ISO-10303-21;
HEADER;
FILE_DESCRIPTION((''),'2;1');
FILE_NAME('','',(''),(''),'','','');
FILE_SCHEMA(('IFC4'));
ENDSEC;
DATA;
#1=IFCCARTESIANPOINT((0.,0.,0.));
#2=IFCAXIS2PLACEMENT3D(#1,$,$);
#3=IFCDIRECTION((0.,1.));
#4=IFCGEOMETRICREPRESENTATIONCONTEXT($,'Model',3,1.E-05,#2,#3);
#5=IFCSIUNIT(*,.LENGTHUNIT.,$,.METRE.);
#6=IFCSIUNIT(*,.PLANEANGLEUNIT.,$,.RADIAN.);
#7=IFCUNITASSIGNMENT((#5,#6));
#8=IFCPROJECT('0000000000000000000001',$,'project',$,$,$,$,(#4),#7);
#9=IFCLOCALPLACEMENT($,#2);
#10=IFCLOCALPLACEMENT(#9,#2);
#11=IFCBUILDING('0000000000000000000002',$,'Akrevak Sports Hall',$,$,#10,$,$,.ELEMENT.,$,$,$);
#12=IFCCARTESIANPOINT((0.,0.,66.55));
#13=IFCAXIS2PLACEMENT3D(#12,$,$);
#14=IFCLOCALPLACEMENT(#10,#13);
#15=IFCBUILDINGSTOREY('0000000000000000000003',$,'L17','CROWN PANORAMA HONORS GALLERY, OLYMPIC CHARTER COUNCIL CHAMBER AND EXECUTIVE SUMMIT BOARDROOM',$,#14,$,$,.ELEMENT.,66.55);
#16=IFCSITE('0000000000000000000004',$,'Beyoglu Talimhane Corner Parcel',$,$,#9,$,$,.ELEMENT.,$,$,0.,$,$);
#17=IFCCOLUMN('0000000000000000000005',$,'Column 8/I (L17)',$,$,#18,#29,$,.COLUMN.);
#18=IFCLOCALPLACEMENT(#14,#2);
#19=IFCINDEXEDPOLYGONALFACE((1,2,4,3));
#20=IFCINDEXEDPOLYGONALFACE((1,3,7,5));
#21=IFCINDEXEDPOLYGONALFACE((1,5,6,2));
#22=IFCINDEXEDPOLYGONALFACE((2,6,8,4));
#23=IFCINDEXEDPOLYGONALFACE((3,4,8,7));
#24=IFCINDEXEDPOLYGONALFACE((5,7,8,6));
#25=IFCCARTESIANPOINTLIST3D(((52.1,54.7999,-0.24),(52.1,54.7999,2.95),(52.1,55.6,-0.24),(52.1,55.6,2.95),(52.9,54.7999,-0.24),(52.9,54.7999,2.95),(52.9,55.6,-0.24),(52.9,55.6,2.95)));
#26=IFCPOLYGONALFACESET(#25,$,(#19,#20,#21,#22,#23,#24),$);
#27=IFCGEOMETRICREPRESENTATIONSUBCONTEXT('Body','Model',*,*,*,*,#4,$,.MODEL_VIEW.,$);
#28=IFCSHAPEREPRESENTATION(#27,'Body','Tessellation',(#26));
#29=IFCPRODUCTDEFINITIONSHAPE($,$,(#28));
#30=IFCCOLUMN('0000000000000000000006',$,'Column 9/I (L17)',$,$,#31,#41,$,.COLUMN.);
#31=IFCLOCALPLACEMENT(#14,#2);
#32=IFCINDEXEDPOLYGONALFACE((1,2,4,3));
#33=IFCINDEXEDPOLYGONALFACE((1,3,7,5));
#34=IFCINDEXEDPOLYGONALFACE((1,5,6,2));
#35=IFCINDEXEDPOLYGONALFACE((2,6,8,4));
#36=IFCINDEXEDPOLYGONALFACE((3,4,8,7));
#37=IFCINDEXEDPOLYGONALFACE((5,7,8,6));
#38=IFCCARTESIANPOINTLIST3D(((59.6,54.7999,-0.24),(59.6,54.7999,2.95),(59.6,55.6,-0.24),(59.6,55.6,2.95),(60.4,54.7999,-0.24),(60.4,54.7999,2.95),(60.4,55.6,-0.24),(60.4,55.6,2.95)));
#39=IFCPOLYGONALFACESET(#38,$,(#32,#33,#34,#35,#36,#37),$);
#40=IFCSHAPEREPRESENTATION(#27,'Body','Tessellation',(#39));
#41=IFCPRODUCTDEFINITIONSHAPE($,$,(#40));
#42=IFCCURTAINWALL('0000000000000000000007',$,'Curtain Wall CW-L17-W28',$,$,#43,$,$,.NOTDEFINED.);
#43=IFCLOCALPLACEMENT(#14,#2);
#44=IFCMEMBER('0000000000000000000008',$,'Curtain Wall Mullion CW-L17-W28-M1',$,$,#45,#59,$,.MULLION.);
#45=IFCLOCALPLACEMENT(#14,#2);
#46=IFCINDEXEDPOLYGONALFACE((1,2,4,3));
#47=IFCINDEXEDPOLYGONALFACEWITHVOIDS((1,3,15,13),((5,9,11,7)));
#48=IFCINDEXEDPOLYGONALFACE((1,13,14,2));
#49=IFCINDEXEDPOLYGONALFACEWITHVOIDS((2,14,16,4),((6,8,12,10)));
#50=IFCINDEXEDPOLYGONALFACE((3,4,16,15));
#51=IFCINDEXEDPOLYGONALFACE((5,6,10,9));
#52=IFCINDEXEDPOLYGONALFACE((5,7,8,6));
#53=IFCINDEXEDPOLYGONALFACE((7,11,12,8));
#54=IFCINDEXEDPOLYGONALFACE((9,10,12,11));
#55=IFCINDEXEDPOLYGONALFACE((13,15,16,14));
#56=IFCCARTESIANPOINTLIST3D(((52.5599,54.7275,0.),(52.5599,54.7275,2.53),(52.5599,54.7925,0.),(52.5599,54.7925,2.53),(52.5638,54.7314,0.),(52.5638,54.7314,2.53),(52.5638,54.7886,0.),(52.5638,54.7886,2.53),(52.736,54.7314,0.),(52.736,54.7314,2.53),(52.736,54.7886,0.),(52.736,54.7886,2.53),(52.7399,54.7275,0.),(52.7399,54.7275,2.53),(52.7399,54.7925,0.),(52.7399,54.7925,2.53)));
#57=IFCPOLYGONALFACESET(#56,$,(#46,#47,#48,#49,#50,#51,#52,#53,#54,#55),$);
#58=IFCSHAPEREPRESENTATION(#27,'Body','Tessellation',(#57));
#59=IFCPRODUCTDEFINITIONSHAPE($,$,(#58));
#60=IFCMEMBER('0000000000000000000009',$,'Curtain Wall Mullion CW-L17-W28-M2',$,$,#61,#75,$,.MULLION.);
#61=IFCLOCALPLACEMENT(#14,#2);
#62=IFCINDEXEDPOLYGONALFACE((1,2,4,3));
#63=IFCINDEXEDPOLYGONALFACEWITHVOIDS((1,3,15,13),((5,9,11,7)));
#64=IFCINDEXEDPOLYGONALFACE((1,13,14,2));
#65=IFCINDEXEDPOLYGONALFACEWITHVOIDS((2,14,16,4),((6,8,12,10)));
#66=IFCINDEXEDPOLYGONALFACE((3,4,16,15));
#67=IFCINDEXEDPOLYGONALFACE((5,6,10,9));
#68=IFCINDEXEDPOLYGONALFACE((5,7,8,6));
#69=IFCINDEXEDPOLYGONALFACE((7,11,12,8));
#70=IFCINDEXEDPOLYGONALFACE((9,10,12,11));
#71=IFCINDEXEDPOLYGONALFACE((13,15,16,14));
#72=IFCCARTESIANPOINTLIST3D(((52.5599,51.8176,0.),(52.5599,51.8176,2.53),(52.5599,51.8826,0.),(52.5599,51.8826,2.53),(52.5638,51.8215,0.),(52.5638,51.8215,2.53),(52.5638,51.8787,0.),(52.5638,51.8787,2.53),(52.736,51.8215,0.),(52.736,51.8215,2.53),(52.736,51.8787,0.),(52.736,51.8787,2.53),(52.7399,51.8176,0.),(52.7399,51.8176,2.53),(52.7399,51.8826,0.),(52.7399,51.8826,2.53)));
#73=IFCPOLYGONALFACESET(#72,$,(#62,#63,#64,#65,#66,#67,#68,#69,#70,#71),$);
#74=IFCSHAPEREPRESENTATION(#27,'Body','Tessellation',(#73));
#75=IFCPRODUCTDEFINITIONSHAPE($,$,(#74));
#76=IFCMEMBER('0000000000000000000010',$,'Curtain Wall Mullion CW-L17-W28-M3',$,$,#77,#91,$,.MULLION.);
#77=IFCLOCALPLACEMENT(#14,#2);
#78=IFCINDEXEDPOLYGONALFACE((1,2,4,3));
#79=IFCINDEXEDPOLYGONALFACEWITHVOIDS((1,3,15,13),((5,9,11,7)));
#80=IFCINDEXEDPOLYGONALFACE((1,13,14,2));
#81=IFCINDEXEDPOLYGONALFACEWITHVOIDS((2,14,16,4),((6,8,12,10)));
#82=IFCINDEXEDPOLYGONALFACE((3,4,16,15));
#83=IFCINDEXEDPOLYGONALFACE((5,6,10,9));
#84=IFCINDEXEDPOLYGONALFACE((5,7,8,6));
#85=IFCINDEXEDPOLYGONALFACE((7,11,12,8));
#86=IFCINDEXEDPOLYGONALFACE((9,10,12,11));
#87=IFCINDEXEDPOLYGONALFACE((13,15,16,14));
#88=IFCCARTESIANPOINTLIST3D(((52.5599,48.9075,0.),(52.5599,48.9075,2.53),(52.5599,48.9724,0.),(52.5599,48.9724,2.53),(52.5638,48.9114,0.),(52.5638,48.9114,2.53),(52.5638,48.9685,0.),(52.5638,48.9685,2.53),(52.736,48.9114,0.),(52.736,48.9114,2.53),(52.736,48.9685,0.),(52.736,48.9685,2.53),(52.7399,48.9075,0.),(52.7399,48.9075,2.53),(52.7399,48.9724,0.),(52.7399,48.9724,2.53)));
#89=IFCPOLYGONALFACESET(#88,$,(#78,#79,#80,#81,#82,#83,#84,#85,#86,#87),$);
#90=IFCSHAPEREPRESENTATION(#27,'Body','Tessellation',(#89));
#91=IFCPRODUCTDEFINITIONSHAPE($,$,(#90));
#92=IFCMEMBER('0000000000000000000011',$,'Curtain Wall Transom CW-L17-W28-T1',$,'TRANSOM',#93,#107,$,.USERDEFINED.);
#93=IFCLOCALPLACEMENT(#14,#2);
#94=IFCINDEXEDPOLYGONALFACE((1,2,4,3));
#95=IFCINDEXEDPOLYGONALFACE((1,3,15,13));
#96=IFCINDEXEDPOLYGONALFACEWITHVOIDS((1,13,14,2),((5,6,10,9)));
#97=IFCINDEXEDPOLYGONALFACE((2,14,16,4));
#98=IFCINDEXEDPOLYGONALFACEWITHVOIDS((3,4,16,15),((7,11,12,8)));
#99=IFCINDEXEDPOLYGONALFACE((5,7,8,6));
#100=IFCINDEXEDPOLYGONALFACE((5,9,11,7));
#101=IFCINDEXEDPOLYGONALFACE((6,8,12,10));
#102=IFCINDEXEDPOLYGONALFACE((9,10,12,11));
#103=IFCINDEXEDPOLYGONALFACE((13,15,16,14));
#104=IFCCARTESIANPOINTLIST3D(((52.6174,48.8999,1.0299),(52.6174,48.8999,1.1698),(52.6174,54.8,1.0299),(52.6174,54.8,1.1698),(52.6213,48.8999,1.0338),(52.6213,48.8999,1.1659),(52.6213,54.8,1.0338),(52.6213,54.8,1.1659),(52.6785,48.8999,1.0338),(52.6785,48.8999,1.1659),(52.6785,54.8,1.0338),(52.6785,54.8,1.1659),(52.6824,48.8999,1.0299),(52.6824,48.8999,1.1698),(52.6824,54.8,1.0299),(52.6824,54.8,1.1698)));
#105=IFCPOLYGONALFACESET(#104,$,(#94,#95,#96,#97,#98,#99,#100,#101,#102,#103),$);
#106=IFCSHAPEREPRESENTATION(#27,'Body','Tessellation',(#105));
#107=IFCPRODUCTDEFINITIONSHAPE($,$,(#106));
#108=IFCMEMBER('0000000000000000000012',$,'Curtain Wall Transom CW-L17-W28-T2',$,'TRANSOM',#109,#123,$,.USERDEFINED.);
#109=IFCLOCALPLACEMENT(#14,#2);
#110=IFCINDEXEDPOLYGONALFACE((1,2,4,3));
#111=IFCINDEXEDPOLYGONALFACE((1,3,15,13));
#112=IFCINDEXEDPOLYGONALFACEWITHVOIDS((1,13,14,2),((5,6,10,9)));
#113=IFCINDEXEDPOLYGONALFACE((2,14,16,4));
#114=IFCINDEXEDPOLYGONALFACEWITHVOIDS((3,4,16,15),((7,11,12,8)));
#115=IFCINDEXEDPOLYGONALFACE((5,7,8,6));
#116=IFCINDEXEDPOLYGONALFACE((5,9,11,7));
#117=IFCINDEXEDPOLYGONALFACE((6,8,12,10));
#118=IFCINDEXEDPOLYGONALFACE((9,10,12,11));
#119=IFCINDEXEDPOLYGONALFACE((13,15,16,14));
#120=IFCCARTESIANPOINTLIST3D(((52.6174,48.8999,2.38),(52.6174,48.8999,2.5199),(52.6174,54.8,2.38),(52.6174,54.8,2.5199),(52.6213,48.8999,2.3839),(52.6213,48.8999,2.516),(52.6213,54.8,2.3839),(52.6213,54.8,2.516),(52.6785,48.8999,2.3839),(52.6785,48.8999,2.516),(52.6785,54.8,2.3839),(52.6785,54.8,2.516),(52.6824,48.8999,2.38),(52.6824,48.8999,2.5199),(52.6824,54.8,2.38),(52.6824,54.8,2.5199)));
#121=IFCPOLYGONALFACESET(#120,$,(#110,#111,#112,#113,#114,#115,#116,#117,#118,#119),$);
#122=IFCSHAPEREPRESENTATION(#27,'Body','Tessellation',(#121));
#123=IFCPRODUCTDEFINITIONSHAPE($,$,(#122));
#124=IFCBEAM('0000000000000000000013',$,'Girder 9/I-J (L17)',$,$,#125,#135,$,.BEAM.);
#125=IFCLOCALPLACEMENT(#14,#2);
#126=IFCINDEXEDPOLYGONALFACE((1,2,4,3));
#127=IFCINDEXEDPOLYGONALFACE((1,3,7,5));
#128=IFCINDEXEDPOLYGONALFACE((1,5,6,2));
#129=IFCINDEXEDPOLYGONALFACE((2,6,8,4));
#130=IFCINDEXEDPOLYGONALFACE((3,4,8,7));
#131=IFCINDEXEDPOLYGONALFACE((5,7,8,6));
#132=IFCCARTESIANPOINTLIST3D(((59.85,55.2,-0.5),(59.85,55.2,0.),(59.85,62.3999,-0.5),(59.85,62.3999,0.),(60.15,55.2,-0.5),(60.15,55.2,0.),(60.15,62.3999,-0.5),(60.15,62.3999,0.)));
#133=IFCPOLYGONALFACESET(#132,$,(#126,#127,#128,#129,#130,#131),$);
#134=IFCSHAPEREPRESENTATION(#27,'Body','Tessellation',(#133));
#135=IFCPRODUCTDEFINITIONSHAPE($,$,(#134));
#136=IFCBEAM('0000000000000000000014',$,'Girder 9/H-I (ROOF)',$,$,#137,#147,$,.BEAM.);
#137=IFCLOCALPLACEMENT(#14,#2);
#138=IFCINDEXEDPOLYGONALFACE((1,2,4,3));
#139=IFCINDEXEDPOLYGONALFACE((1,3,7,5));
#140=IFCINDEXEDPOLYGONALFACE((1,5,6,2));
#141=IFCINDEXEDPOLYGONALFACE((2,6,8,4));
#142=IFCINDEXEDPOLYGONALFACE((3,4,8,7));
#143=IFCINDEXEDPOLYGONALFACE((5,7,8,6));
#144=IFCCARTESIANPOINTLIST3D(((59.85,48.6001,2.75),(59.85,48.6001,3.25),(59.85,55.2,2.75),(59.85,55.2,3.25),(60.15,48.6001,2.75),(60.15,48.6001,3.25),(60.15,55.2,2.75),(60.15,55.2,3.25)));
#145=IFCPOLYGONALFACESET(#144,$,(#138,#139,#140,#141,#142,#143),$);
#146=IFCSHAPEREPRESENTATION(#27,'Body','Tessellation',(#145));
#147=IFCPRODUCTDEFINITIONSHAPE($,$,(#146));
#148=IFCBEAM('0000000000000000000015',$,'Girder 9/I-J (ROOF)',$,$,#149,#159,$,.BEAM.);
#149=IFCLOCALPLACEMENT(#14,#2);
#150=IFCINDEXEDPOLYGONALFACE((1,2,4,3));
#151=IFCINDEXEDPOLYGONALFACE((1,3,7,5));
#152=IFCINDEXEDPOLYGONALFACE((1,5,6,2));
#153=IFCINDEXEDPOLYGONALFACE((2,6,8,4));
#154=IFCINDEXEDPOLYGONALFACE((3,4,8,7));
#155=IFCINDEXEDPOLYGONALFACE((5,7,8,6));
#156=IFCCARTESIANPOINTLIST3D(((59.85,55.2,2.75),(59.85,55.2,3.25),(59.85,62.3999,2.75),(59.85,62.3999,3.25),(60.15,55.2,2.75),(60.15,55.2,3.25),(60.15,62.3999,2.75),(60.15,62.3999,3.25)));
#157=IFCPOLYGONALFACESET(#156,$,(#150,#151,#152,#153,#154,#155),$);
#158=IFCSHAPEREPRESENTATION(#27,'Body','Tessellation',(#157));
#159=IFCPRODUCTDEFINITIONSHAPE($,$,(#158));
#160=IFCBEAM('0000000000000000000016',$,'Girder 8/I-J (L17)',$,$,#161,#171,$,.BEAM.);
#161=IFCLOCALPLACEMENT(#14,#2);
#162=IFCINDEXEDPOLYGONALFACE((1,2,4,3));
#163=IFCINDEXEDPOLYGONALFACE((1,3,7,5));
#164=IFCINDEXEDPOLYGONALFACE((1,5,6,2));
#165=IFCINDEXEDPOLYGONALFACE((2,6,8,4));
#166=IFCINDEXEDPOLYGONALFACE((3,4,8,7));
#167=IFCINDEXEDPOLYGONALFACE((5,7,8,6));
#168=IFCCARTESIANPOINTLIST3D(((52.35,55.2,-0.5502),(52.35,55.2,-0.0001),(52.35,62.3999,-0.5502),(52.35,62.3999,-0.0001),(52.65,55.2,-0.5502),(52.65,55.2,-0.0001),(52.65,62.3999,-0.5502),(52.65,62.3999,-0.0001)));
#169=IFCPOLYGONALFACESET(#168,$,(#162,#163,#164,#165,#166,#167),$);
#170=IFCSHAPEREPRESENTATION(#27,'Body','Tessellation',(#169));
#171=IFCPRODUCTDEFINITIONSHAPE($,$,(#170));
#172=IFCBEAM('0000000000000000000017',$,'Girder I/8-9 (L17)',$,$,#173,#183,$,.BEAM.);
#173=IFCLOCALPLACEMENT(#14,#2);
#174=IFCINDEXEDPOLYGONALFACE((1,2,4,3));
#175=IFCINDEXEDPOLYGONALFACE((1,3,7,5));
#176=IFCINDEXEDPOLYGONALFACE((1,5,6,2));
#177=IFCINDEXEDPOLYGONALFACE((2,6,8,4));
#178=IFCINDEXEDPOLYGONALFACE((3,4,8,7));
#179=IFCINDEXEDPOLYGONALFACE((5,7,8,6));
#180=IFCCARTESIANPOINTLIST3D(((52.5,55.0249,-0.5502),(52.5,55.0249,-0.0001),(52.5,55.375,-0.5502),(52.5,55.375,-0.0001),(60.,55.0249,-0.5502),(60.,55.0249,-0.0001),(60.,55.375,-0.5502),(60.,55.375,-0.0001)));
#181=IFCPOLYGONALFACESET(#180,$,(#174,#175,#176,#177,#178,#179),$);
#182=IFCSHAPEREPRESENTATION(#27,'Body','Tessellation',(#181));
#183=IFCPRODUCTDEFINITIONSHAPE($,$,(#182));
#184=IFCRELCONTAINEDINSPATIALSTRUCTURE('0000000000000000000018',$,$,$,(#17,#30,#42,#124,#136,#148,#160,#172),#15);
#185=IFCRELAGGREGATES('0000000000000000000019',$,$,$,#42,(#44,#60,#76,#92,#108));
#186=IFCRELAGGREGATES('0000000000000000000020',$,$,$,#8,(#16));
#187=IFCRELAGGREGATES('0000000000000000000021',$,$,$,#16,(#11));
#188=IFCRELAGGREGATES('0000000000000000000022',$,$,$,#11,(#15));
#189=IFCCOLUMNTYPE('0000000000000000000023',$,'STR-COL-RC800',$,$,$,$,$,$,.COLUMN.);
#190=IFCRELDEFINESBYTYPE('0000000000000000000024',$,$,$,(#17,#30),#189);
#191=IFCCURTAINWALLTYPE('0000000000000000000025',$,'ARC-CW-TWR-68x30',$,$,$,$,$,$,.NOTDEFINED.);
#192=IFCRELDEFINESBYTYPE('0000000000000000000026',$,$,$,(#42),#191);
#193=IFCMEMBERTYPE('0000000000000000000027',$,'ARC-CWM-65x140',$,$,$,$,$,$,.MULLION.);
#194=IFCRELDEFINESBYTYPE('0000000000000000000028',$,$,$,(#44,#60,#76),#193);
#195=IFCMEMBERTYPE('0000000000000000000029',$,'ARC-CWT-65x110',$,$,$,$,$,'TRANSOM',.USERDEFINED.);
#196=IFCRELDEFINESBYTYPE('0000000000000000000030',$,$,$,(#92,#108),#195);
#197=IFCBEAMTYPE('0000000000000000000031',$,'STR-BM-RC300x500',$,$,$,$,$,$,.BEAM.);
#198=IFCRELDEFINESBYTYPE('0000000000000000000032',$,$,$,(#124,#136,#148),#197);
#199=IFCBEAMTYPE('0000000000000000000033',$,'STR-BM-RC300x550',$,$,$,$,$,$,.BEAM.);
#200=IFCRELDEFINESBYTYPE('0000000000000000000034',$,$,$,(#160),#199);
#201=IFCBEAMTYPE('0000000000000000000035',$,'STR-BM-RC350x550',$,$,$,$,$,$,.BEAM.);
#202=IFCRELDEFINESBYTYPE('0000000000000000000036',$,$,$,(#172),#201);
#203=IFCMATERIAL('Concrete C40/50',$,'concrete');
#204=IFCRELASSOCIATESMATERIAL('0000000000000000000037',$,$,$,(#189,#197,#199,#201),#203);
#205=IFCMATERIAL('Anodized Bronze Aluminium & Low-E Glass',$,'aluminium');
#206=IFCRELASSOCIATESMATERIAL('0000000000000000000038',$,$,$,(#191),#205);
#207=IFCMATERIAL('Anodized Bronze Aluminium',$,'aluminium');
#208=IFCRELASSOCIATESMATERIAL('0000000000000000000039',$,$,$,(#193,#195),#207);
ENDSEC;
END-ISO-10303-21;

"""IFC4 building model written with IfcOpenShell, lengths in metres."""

from ifc_helpers import new_model, si_unit, direction, frame, origin, origin_2d, place, context, subcontext, project, spatial, rectangle, hollow_rectangle, extrude, material, material_profile, profile_set, type_object, element, aggregate, save


model = new_model("IFC4")

# Units and contexts
model_context = context("Model", 3, precision=1e-05, world=origin(), true_north=direction((0.0, 1.0)))
body_context = subcontext(model_context, "Body", "Model", "MODEL_VIEW")
ifc_project = project(units=[si_unit("LENGTHUNIT", "METRE"), si_unit("PLANEANGLEUNIT", "RADIAN")], contexts=[model_context])

# Site, building, storey
site_placement = place(None, origin())
site = spatial("IfcSite", under=ifc_project, at=site_placement, Name="Beyoglu Talimhane Corner Parcel", CompositionType="ELEMENT", RefElevation=0.0)
building_placement = place(site_placement, origin())
building = spatial("IfcBuilding", under=site, at=building_placement, Name="Akrevak Sports Hall", CompositionType="ELEMENT")
storey_placement = place(building_placement, frame((0.0, 0.0, 66.55)))
storey = spatial("IfcBuildingStorey", under=building, at=storey_placement, Name="L17", Description="CROWN PANORAMA HONORS GALLERY, OLYMPIC CHARTER COUNCIL CHAMBER AND EXECUTIVE SUMMIT BOARDROOM", CompositionType="ELEMENT", Elevation=66.55)

# Columns
ifc_material_1 = material(Name="Concrete C40/50", Category="concrete")
ifc_material_profile_1 = material_profile(ifc_material_1, rectangle(XDim=0.8, YDim=0.8, at=origin_2d()), Name="RC 800x800", Category="concrete")
ifc_profile_set_1 = profile_set([ifc_material_profile_1], Name="Concrete C40/50")
column_type = type_object("IfcColumnType", Name="STR-COL-RC800", PredefinedType="COLUMN", material=ifc_profile_set_1)
for number, where, z_axis, x_axis, name in (
    (1, (52.5, 55.2, -0.24), (0.0, 0.0, 1.0), (1.0, 0.0, 0.0), "Column 8/I (L17)"),
    (2, (60.0, 55.2, -0.24), (0.0, 0.0, 1.0), (1.0, 0.0, 0.0), "Column 9/I (L17)"),
):
    element("IfcColumn", number, at=place(storey_placement, frame(where, z_axis=z_axis, x_axis=x_axis)), inside=storey, type_object=column_type, Name=name, PredefinedType="COLUMN", context=body_context, shape_type="SweptSolid", body=[
        extrude(rectangle(XDim=0.8, YDim=0.8, at=origin_2d()), origin(), (0.0, 0.0, 1.0), 3.1899),
    ])

# Curtain wall, members
ifc_material_2 = material(Name="Anodized Bronze Aluminium & Low-E Glass", Category="aluminium")
curtain_wall_type = type_object("IfcCurtainWallType", Name="ARC-CW-TWR-68x30", PredefinedType="NOTDEFINED", material=ifc_material_2)
curtain_wall_placement = place(storey_placement, origin())
curtain_wall = element("IfcCurtainWall", 3, at=curtain_wall_placement, inside=storey, type_object=curtain_wall_type, Name="Curtain Wall CW-L17-W28", PredefinedType="NOTDEFINED")
ifc_material_3 = material(Name="Anodized Bronze Aluminium", Category="aluminium")
ifc_material_profile_2 = material_profile(ifc_material_3, hollow_rectangle(XDim=0.0649, YDim=0.1799, WallThickness=0.0039, at=origin_2d()), Name="CWM 65x180", Category="aluminium")
ifc_profile_set_2 = profile_set([ifc_material_profile_2], Name="Anodized Bronze Aluminium")
member_type_1 = type_object("IfcMemberType", Name="ARC-CWM-65x140", PredefinedType="MULLION", material=ifc_profile_set_2)
member_1_placement = place(storey_placement, frame((52.6499, 54.76, 0.0), z_axis=(0.0, 0.0, 1.0), x_axis=(0.0, -1.0, 0.0)))
member_1 = element("IfcMember", 4, at=member_1_placement, type_object=member_type_1, Name="Curtain Wall Mullion CW-L17-W28-M1", PredefinedType="MULLION", context=body_context, shape_type="SweptSolid", body=[
    extrude(hollow_rectangle(XDim=0.0649, YDim=0.1799, WallThickness=0.0039, at=origin_2d()), origin(), (0.0, 0.0, 1.0), 2.53),
])
member_2_placement = place(storey_placement, frame((52.6499, 51.8501, 0.0), z_axis=(0.0, 0.0, 1.0), x_axis=(0.0, -1.0, 0.0)))
member_2 = element("IfcMember", 5, at=member_2_placement, type_object=member_type_1, Name="Curtain Wall Mullion CW-L17-W28-M2", PredefinedType="MULLION", context=body_context, shape_type="SweptSolid", body=[
    extrude(hollow_rectangle(XDim=0.0649, YDim=0.1799, WallThickness=0.0039, at=origin_2d()), origin(), (0.0, 0.0, 1.0), 2.53),
])
member_3_placement = place(storey_placement, frame((52.6499, 48.9399, 0.0), z_axis=(0.0, 0.0, 1.0), x_axis=(0.0, -1.0, 0.0)))
member_3 = element("IfcMember", 6, at=member_3_placement, type_object=member_type_1, Name="Curtain Wall Mullion CW-L17-W28-M3", PredefinedType="MULLION", context=body_context, shape_type="SweptSolid", body=[
    extrude(hollow_rectangle(XDim=0.0649, YDim=0.1799, WallThickness=0.0039, at=origin_2d()), origin(), (0.0, 0.0, 1.0), 2.53),
])
ifc_material_profile_3 = material_profile(ifc_material_3, hollow_rectangle(XDim=0.0649, YDim=0.1399, WallThickness=0.0039, at=origin_2d()), Name="CWT 65x140", Category="aluminium")
ifc_profile_set_3 = profile_set([ifc_material_profile_3], Name="Anodized Bronze Aluminium")
member_type_2 = type_object("IfcMemberType", Name="ARC-CWT-65x110", ElementType="TRANSOM", PredefinedType="USERDEFINED", material=ifc_profile_set_3)
member_4_placement = place(storey_placement, frame((52.6499, 54.8, 1.0999), z_axis=(0.0, -1.0, 0.0), x_axis=(1.0, 0.0, 0.0)))
member_4 = element("IfcMember", 7, at=member_4_placement, type_object=member_type_2, Name="Curtain Wall Transom CW-L17-W28-T1", ObjectType="TRANSOM", PredefinedType="USERDEFINED", context=body_context, shape_type="SweptSolid", body=[
    extrude(hollow_rectangle(XDim=0.0649, YDim=0.1399, WallThickness=0.0039, at=origin_2d()), origin(), (0.0, 0.0, 1.0), 5.9001),
])
member_5_placement = place(storey_placement, frame((52.6499, 54.8, 2.45), z_axis=(0.0, -1.0, 0.0), x_axis=(1.0, 0.0, 0.0)))
member_5 = element("IfcMember", 8, at=member_5_placement, type_object=member_type_2, Name="Curtain Wall Transom CW-L17-W28-T2", ObjectType="TRANSOM", PredefinedType="USERDEFINED", context=body_context, shape_type="SweptSolid", body=[
    extrude(hollow_rectangle(XDim=0.0649, YDim=0.1399, WallThickness=0.0039, at=origin_2d()), origin(), (0.0, 0.0, 1.0), 5.9001),
])

# Beams
ifc_material_profile_4 = material_profile(ifc_material_1, rectangle(XDim=0.3, YDim=0.5, at=origin_2d()), Name="BM 300x500", Category="concrete")
ifc_profile_set_4 = profile_set([ifc_material_profile_4], Name="Concrete C40/50")
beam_type_1 = type_object("IfcBeamType", Name="STR-BM-RC300x500", PredefinedType="BEAM", material=ifc_profile_set_4)
beam_1_placement = place(storey_placement, frame((60.0, 55.2, -0.25), z_axis=(0.0, 1.0, 0.0), x_axis=(-1.0, 0.0, 0.0)))
element("IfcBeam", 9, at=beam_1_placement, inside=storey, type_object=beam_type_1, Name="Girder 9/I-J (L17)", PredefinedType="BEAM", context=body_context, shape_type="SweptSolid", body=[
    extrude(rectangle(XDim=0.3, YDim=0.5, at=origin_2d()), origin(), (0.0, 0.0, 1.0), 7.2),
])
beam_2_placement = place(storey_placement, frame((60.0, 48.6001, 3.0), z_axis=(0.0, 1.0, 0.0), x_axis=(-1.0, 0.0, 0.0)))
element("IfcBeam", 10, at=beam_2_placement, inside=storey, type_object=beam_type_1, Name="Girder 9/H-I (ROOF)", PredefinedType="BEAM", context=body_context, shape_type="SweptSolid", body=[
    extrude(rectangle(XDim=0.3, YDim=0.5, at=origin_2d()), origin(), (0.0, 0.0, 1.0), 6.5999),
])
beam_3_placement = place(storey_placement, frame((60.0, 55.2, 3.0), z_axis=(0.0, 1.0, 0.0), x_axis=(-1.0, 0.0, 0.0)))
element("IfcBeam", 11, at=beam_3_placement, inside=storey, type_object=beam_type_1, Name="Girder 9/I-J (ROOF)", PredefinedType="BEAM", context=body_context, shape_type="SweptSolid", body=[
    extrude(rectangle(XDim=0.3, YDim=0.5, at=origin_2d()), origin(), (0.0, 0.0, 1.0), 7.2),
])
ifc_material_profile_5 = material_profile(ifc_material_1, rectangle(XDim=0.3, YDim=0.55, at=origin_2d()), Name="BM 300x550", Category="concrete")
ifc_profile_set_5 = profile_set([ifc_material_profile_5], Name="Concrete C40/50")
beam_type_2 = type_object("IfcBeamType", Name="STR-BM-RC300x550", PredefinedType="BEAM", material=ifc_profile_set_5)
beam_4_placement = place(storey_placement, frame((52.5, 55.2, -0.2751), z_axis=(0.0, 1.0, 0.0), x_axis=(-1.0, 0.0, 0.0)))
element("IfcBeam", 12, at=beam_4_placement, inside=storey, type_object=beam_type_2, Name="Girder 8/I-J (L17)", PredefinedType="BEAM", context=body_context, shape_type="SweptSolid", body=[
    extrude(rectangle(XDim=0.3, YDim=0.55, at=origin_2d()), origin(), (0.0, 0.0, 1.0), 7.2),
])
ifc_material_profile_6 = material_profile(ifc_material_1, rectangle(XDim=0.3501, YDim=0.55, at=origin_2d()), Name="BM 350x550", Category="concrete")
ifc_profile_set_6 = profile_set([ifc_material_profile_6], Name="Concrete C40/50")
beam_type_3 = type_object("IfcBeamType", Name="STR-BM-RC350x550", PredefinedType="BEAM", material=ifc_profile_set_6)
beam_5_placement = place(storey_placement, frame((52.5, 55.2, -0.2751), z_axis=(1.0, 0.0, 0.0), x_axis=(0.0, 1.0, 0.0)))
element("IfcBeam", 13, at=beam_5_placement, inside=storey, type_object=beam_type_3, Name="Girder I/8-9 (L17)", PredefinedType="BEAM", context=body_context, shape_type="SweptSolid", body=[
    extrude(rectangle(XDim=0.3501, YDim=0.55, at=origin_2d()), origin(), (0.0, 0.0, 1.0), 7.5),
])

aggregate(curtain_wall, [member_1, member_2, member_3, member_4, member_5])

save(model, "model.ifc")
